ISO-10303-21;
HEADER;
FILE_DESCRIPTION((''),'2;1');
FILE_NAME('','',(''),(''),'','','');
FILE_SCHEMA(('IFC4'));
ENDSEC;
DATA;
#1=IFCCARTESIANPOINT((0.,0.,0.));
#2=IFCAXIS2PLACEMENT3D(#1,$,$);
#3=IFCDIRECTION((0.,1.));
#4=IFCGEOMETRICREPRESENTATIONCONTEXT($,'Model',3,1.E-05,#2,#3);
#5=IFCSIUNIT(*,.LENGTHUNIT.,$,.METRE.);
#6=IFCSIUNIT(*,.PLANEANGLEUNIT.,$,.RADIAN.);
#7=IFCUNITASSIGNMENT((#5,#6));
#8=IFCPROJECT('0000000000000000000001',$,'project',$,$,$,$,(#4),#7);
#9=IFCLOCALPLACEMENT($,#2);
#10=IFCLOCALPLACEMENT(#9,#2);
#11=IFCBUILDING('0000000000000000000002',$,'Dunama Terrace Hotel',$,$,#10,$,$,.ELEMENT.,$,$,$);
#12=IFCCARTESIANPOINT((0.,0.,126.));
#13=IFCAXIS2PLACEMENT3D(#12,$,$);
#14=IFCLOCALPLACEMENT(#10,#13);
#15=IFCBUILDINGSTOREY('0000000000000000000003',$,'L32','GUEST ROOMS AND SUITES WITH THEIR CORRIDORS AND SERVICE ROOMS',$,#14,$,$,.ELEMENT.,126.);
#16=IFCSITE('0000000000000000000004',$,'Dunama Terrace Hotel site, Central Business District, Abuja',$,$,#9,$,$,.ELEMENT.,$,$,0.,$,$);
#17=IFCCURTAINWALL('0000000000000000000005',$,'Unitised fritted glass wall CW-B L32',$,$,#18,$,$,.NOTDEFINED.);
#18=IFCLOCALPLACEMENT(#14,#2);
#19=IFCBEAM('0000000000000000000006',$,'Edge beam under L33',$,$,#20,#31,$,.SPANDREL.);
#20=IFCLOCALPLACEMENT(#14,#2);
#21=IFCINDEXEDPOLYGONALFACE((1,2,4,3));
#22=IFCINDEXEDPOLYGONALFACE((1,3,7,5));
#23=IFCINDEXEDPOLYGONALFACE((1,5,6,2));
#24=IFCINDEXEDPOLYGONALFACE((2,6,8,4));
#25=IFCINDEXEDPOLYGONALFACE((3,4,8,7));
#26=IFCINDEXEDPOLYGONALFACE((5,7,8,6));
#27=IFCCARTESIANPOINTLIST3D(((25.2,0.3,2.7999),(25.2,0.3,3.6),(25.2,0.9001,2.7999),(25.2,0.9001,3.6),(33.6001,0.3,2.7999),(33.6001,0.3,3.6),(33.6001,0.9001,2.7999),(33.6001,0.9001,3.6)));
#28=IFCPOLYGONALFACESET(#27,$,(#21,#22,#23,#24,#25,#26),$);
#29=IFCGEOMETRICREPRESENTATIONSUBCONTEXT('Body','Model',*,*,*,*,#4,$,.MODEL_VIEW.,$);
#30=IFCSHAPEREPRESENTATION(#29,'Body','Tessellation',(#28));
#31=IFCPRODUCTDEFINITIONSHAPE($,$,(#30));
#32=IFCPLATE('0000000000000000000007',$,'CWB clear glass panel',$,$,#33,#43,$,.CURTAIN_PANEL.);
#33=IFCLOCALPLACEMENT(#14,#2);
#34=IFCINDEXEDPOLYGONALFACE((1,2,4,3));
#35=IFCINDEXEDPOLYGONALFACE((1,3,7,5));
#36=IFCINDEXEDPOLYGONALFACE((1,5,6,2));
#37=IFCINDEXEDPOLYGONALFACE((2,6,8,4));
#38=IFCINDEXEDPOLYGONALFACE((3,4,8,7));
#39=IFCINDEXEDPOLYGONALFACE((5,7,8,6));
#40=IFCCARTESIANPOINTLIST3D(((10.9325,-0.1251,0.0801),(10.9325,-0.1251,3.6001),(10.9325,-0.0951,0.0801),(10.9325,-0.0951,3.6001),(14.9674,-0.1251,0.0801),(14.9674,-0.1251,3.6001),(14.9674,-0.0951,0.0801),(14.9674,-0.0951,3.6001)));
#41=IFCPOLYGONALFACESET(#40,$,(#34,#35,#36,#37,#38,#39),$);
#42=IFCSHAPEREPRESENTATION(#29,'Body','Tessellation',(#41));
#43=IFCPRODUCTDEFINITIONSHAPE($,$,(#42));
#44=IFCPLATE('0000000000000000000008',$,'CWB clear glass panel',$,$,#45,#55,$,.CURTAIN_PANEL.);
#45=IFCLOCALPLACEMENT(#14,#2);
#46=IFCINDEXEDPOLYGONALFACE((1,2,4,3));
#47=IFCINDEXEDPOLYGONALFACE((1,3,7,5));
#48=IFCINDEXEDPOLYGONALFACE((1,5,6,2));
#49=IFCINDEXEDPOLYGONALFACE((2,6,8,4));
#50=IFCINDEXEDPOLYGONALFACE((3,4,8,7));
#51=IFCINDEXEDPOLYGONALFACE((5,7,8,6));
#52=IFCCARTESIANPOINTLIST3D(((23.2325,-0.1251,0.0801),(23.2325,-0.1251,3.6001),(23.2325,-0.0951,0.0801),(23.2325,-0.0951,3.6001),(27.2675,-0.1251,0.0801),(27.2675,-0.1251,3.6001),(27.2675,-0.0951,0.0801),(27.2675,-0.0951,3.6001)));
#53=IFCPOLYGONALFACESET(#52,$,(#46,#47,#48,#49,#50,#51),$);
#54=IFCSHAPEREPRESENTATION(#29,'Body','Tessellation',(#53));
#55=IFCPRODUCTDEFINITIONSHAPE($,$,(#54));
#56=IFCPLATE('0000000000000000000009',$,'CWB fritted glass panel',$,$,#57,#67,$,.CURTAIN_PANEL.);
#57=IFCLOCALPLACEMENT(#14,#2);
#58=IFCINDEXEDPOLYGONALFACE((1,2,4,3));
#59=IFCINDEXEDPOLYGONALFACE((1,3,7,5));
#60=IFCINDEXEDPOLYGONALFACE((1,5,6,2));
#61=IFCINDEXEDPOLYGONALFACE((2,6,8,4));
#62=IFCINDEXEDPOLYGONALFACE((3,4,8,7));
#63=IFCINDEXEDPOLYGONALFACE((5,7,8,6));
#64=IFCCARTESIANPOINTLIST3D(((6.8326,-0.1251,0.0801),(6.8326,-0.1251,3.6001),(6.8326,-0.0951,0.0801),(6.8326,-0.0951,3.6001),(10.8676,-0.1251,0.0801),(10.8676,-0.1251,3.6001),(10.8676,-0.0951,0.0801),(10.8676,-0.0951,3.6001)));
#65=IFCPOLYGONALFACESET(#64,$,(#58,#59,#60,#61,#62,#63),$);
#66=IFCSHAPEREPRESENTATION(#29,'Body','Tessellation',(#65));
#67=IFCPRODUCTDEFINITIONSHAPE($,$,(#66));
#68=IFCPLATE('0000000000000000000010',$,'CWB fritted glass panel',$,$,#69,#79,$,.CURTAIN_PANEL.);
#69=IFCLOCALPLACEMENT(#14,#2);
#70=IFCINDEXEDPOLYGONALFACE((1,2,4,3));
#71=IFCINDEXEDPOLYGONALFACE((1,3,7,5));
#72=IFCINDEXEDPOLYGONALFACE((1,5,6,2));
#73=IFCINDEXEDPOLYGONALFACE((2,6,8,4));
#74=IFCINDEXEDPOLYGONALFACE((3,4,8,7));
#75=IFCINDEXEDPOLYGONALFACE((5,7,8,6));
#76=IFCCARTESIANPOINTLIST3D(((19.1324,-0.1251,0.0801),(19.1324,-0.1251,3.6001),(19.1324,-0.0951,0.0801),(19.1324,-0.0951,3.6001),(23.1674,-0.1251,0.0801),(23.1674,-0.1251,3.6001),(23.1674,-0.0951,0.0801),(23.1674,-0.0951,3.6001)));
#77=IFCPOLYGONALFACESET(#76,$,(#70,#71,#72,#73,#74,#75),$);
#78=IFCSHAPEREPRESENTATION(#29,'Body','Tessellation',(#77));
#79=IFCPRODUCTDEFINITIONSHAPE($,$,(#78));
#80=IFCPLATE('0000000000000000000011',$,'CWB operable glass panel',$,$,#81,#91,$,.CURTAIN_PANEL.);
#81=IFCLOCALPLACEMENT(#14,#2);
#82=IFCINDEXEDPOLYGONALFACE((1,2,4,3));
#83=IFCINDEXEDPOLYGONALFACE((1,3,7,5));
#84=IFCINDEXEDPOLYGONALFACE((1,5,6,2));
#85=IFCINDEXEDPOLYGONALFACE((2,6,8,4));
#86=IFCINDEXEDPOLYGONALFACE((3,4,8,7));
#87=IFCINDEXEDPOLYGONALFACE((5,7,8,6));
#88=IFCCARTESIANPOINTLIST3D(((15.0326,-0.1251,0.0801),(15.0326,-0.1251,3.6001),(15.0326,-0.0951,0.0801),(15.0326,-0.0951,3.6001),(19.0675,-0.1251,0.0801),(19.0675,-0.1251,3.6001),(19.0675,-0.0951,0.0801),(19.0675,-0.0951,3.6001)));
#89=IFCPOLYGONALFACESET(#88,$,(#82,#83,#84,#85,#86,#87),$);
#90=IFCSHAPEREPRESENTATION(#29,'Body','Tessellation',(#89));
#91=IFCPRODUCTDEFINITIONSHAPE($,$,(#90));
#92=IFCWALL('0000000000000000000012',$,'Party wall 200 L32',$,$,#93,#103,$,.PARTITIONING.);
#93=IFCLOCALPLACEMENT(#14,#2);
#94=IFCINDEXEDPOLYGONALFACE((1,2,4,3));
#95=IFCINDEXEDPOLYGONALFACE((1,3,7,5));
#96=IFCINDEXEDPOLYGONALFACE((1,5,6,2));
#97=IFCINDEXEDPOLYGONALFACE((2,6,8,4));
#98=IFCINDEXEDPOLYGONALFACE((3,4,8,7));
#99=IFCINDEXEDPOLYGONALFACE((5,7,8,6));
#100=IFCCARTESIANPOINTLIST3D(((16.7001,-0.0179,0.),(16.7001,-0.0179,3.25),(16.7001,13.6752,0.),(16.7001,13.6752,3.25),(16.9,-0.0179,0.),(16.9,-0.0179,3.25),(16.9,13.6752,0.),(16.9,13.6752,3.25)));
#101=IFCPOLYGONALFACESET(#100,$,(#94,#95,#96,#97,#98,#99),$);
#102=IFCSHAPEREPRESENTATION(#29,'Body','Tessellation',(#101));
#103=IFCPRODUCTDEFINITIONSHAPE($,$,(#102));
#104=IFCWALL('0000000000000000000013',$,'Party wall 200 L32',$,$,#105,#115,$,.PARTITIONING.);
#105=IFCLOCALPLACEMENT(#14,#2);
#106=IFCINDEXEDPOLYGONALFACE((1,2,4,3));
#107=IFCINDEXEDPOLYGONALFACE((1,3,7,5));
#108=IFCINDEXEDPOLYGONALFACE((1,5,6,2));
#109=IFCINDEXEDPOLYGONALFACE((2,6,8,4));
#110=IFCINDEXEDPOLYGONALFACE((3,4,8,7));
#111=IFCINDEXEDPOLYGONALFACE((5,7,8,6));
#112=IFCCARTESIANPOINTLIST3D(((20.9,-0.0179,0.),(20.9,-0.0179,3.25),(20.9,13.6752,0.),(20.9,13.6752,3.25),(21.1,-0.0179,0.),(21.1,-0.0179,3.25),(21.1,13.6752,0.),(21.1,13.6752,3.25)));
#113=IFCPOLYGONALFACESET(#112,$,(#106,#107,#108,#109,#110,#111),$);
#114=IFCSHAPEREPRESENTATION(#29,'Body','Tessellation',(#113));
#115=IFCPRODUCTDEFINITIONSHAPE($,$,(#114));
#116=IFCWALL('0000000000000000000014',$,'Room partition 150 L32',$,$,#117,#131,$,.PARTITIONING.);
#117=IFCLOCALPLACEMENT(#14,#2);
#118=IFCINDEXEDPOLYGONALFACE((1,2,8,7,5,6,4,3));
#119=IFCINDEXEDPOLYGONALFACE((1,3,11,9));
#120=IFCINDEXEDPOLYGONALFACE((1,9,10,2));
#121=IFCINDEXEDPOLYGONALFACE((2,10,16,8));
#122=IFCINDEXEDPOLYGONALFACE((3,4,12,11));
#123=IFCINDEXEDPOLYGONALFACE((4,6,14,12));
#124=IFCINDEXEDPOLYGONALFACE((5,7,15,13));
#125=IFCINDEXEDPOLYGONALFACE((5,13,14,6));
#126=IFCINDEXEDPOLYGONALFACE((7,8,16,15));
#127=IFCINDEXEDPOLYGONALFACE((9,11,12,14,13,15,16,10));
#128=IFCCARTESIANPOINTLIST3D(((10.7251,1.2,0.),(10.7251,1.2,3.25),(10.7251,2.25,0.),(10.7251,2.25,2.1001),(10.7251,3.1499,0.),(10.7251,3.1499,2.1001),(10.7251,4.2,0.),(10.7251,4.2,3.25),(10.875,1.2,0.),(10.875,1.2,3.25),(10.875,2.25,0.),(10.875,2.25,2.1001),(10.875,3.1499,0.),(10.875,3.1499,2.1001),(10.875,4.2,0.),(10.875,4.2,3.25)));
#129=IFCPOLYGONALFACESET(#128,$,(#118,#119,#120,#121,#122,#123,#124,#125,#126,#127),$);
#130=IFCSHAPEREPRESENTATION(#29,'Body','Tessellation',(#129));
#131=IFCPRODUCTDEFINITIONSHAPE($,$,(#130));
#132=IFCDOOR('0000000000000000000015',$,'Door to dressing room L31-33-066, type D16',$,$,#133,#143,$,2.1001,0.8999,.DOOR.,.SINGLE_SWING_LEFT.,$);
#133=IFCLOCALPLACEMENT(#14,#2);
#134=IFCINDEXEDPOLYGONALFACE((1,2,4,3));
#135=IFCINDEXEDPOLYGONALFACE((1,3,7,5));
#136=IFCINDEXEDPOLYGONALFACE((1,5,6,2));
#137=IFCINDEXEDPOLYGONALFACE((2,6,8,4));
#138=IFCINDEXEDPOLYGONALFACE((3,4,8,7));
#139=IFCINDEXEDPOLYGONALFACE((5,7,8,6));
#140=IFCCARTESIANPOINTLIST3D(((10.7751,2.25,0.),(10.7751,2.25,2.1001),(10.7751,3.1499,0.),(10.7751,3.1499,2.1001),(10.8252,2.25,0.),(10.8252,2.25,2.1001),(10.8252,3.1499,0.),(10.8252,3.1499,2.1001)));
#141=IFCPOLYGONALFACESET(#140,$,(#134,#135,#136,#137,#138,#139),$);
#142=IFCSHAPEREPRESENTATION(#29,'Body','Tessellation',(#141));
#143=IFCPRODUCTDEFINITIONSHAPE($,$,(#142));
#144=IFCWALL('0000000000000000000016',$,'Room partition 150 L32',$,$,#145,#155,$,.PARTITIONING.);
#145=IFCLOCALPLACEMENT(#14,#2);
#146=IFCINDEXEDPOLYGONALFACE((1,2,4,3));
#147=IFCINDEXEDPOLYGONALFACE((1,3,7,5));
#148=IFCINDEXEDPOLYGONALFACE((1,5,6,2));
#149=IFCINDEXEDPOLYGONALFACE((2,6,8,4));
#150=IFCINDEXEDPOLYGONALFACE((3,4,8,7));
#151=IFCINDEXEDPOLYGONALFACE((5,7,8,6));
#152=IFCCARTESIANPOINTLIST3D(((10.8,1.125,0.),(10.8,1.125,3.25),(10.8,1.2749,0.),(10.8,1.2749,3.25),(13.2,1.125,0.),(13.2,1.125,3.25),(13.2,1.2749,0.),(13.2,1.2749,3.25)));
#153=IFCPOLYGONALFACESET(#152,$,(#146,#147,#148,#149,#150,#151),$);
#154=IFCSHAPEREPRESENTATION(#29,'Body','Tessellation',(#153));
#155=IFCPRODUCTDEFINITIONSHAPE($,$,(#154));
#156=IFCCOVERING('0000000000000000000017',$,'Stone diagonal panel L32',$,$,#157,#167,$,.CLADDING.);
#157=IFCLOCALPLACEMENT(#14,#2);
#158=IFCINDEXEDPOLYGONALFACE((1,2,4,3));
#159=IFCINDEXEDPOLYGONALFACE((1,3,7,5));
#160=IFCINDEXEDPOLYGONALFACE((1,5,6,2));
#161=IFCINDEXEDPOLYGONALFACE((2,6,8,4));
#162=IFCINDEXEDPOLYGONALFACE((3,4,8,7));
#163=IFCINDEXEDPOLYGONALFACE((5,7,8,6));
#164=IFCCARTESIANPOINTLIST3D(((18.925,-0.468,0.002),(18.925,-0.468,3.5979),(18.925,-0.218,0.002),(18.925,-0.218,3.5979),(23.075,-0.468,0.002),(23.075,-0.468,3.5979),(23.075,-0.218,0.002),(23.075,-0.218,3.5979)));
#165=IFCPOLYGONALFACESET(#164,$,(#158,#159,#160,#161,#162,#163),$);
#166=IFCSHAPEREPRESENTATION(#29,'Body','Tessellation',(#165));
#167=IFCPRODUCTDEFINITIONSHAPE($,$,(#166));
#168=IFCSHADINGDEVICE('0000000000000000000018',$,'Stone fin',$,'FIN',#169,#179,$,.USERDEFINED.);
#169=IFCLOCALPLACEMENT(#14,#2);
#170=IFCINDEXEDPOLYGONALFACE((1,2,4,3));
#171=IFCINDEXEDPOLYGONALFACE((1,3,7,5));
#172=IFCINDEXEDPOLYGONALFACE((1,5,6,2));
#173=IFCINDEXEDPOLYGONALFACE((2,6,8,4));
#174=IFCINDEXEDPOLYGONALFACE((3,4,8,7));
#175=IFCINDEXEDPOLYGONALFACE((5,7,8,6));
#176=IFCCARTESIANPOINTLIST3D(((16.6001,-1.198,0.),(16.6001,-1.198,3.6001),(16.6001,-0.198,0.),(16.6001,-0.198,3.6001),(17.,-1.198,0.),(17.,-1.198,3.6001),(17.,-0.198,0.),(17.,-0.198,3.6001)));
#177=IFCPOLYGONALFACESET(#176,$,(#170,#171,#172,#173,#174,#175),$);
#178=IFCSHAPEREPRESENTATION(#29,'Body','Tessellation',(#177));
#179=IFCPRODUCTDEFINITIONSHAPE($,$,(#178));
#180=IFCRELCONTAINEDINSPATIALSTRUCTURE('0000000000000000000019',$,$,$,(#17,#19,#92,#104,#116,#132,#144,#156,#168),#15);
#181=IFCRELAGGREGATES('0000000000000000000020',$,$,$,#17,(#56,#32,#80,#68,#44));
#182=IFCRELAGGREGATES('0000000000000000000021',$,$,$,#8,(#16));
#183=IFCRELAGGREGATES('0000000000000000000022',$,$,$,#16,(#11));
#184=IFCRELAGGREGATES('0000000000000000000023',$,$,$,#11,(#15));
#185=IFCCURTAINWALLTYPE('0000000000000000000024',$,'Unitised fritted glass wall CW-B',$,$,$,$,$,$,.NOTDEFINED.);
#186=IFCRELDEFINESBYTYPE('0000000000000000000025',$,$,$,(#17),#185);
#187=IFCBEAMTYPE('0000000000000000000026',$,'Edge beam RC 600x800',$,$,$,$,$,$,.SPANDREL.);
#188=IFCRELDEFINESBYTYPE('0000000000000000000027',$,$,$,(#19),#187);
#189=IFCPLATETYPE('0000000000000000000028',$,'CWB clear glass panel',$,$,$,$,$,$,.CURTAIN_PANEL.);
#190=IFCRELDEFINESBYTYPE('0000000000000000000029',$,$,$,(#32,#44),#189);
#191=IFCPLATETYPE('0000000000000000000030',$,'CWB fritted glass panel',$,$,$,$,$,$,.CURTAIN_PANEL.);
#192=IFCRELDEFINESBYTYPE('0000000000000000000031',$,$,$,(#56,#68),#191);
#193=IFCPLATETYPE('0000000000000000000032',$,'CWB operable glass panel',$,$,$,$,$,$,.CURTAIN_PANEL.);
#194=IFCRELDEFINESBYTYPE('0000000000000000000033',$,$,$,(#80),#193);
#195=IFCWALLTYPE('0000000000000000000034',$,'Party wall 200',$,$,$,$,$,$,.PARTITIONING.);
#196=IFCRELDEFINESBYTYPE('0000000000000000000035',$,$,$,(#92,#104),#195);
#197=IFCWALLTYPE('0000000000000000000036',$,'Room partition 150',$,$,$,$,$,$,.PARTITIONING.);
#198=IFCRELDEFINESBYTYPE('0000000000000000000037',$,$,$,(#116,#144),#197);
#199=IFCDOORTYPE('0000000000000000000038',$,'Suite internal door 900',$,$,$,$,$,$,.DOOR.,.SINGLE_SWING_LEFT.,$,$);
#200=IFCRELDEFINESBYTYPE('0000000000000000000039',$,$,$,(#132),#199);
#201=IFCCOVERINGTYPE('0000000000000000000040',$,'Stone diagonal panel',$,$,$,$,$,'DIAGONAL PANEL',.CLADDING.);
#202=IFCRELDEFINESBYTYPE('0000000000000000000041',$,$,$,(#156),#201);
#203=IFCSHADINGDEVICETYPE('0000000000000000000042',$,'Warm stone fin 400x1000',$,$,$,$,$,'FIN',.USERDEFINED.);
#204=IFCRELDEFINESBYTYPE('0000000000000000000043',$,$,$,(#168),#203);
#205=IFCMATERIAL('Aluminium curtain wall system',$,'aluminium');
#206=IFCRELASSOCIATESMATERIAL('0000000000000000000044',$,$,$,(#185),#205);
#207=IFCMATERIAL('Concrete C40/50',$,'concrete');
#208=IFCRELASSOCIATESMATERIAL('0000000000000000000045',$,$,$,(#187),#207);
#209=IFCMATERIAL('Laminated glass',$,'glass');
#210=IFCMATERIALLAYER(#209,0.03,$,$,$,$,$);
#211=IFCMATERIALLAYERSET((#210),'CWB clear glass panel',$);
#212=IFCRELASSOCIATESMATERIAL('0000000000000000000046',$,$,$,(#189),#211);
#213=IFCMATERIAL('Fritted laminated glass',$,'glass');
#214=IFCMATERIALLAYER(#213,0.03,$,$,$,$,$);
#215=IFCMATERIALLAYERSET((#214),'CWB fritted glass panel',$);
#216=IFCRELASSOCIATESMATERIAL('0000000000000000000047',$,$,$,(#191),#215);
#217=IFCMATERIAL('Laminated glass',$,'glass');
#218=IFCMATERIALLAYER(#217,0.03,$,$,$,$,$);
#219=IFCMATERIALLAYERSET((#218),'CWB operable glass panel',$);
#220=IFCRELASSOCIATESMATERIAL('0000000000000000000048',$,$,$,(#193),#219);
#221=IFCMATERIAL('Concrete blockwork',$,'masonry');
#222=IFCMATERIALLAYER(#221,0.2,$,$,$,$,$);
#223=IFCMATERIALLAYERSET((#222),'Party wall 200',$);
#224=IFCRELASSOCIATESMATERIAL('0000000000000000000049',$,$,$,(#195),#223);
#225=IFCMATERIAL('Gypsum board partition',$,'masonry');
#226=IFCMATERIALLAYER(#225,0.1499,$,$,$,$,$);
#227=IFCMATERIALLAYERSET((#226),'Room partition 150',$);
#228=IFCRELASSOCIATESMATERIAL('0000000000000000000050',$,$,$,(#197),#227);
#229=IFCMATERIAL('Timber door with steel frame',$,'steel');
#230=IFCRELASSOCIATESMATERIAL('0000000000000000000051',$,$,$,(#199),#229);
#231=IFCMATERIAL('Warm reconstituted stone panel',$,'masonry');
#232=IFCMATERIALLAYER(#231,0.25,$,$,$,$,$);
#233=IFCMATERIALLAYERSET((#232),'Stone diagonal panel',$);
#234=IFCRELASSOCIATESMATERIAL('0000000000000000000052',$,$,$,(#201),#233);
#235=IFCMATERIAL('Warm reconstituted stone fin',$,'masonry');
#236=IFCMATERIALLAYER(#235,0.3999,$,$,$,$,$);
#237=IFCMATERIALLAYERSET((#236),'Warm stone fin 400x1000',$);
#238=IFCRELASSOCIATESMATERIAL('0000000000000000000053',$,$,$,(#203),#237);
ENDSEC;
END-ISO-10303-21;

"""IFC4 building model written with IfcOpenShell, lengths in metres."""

from ifc_helpers import new_model, si_unit, direction, frame, frame_2d, origin, origin_2d, place, context, subcontext, project, spatial, rectangle, extrude, material, layer, layer_set, material_profile, profile_set, type_object, element, fill, aggregate, save


model = new_model("IFC4")

# Units and contexts
model_context = context("Model", 3, precision=1e-05, world=origin(), true_north=direction((0.0, 1.0)))
body_context = subcontext(model_context, "Body", "Model", "MODEL_VIEW")
ifc_project = project(units=[si_unit("LENGTHUNIT", "METRE"), si_unit("PLANEANGLEUNIT", "RADIAN")], contexts=[model_context])

# Site, building, storey
site_placement = place(None, origin())
site = spatial("IfcSite", under=ifc_project, at=site_placement, Name="Dunama Terrace Hotel site, Central Business District, Abuja", CompositionType="ELEMENT", RefElevation=0.0)
building_placement = place(site_placement, origin())
building = spatial("IfcBuilding", under=site, at=building_placement, Name="Dunama Terrace Hotel", CompositionType="ELEMENT")
storey_placement = place(building_placement, frame((0.0, 0.0, 126.0)))
storey = spatial("IfcBuildingStorey", under=building, at=storey_placement, Name="L32", Description="GUEST ROOMS AND SUITES WITH THEIR CORRIDORS AND SERVICE ROOMS", CompositionType="ELEMENT", Elevation=126.0)

# Curtain wall
ifc_material_1 = material(Name="Aluminium curtain wall system", Category="aluminium")
curtain_wall_type = type_object("IfcCurtainWallType", Name="Unitised fritted glass wall CW-B", PredefinedType="NOTDEFINED", material=ifc_material_1)
curtain_wall_placement = place(storey_placement, origin())
curtain_wall = element("IfcCurtainWall", 1, at=curtain_wall_placement, inside=storey, type_object=curtain_wall_type, Name="Unitised fritted glass wall CW-B L32", PredefinedType="NOTDEFINED")

# Beam
ifc_material_2 = material(Name="Concrete C40/50", Category="concrete")
ifc_material_profile_1 = material_profile(ifc_material_2, rectangle(XDim=0.6001, YDim=0.8, at=origin_2d()), Name="RC 600x800")
ifc_profile_set_1 = profile_set([ifc_material_profile_1], Name="Concrete C40/50")
beam_type_1 = type_object("IfcBeamType", Name="Edge beam RC 600x800", PredefinedType="SPANDREL", material=ifc_profile_set_1)
beam_1_placement = place(storey_placement, frame((25.2, 0.6001, 3.2), z_axis=(1.0, 0.0, 0.0), x_axis=(0.0, 1.0, 0.0)))
element("IfcBeam", 2, at=beam_1_placement, inside=storey, type_object=beam_type_1, Name="Edge beam under L33", PredefinedType="SPANDREL", context=body_context, shape_type="SweptSolid", body=[
    extrude(rectangle(XDim=0.6001, YDim=0.8, at=origin_2d()), origin(), (0.0, 0.0, 1.0), 8.4001),
])

# Plates
ifc_material_3 = material(Name="Laminated glass", Category="glass")
ifc_layer_1 = layer(ifc_material_3, 0.03)
ifc_layer_set_1 = layer_set([ifc_layer_1], Name="CWB clear glass panel")
plate_type_1 = type_object("IfcPlateType", Name="CWB clear glass panel", PredefinedType="CURTAIN_PANEL", material=ifc_layer_set_1)
plate_1_placement = place(storey_placement, frame((12.95, -0.1101, 0.0801), z_axis=(0.0, 0.0, 1.0), x_axis=(1.0, 0.0, 0.0)))
plate_1 = element("IfcPlate", 3, at=plate_1_placement, type_object=plate_type_1, Name="CWB clear glass panel", PredefinedType="CURTAIN_PANEL", context=body_context, shape_type="SweptSolid", body=[
    extrude(rectangle(XDim=4.0349, YDim=0.03, at=origin_2d()), origin(), (0.0, 0.0, 1.0), 3.52),
])
plate_2_placement = place(storey_placement, frame((25.25, -0.1101, 0.0801), z_axis=(0.0, 0.0, 1.0), x_axis=(1.0, 0.0, 0.0)))
plate_2 = element("IfcPlate", 4, at=plate_2_placement, type_object=plate_type_1, Name="CWB clear glass panel", PredefinedType="CURTAIN_PANEL", context=body_context, shape_type="SweptSolid", body=[
    extrude(rectangle(XDim=4.0349, YDim=0.03, at=origin_2d()), origin(), (0.0, 0.0, 1.0), 3.52),
])
ifc_material_4 = material(Name="Fritted laminated glass", Category="glass")
ifc_layer_2 = layer(ifc_material_4, 0.03)
ifc_layer_set_2 = layer_set([ifc_layer_2], Name="CWB fritted glass panel")
plate_type_2 = type_object("IfcPlateType", Name="CWB fritted glass panel", PredefinedType="CURTAIN_PANEL", material=ifc_layer_set_2)
plate_3_placement = place(storey_placement, frame((8.8501, -0.1101, 0.0801), z_axis=(0.0, 0.0, 1.0), x_axis=(1.0, 0.0, 0.0)))
plate_3 = element("IfcPlate", 5, at=plate_3_placement, type_object=plate_type_2, Name="CWB fritted glass panel", PredefinedType="CURTAIN_PANEL", context=body_context, shape_type="SweptSolid", body=[
    extrude(rectangle(XDim=4.0349, YDim=0.03, at=origin_2d()), origin(), (0.0, 0.0, 1.0), 3.52),
])
plate_4_placement = place(storey_placement, frame((21.1499, -0.1101, 0.0801), z_axis=(0.0, 0.0, 1.0), x_axis=(1.0, 0.0, 0.0)))
plate_4 = element("IfcPlate", 6, at=plate_4_placement, type_object=plate_type_2, Name="CWB fritted glass panel", PredefinedType="CURTAIN_PANEL", context=body_context, shape_type="SweptSolid", body=[
    extrude(rectangle(XDim=4.0349, YDim=0.03, at=origin_2d()), origin(), (0.0, 0.0, 1.0), 3.52),
])
ifc_material_5 = material(Name="Laminated glass", Category="glass")
ifc_layer_3 = layer(ifc_material_5, 0.03)
ifc_layer_set_3 = layer_set([ifc_layer_3], Name="CWB operable glass panel")
plate_type_3 = type_object("IfcPlateType", Name="CWB operable glass panel", PredefinedType="CURTAIN_PANEL", material=ifc_layer_set_3)
plate_5_placement = place(storey_placement, frame((17.05, -0.1101, 0.0801), z_axis=(0.0, 0.0, 1.0), x_axis=(1.0, 0.0, 0.0)))
plate_5 = element("IfcPlate", 7, at=plate_5_placement, type_object=plate_type_3, Name="CWB operable glass panel", PredefinedType="CURTAIN_PANEL", context=body_context, shape_type="SweptSolid", body=[
    extrude(rectangle(XDim=4.0349, YDim=0.03, at=origin_2d()), origin(), (0.0, 0.0, 1.0), 3.52),
])
aggregate(curtain_wall, [plate_3, plate_1, plate_5, plate_4, plate_2])

# Walls
ifc_material_6 = material(Name="Concrete blockwork", Category="masonry")
ifc_layer_4 = layer(ifc_material_6, 0.2)
ifc_layer_set_4 = layer_set([ifc_layer_4], Name="Party wall 200")
wall_type_1 = type_object("IfcWallType", Name="Party wall 200", PredefinedType="PARTITIONING", material=ifc_layer_set_4)
for number, where, z_axis, x_axis, name in (
    (8, (16.8, -0.0181, 0.0), (0.0, 0.0, 1.0), (0.0, 1.0, 0.0), "Party wall 200 L32"),
    (9, (21.0, -0.0181, 0.0), (0.0, 0.0, 1.0), (0.0, 1.0, 0.0), "Party wall 200 L32"),
):
    element("IfcWall", number, at=place(storey_placement, frame(where, z_axis=z_axis, x_axis=x_axis)), inside=storey, type_object=wall_type_1, Name=name, PredefinedType="PARTITIONING", context=body_context, shape_type="SweptSolid", body=[
        extrude(rectangle(XDim=13.6931, YDim=0.2, at=frame_2d((6.8467, 0.0))), origin(), (0.0, 0.0, 1.0), 3.25),
    ])

# Wall, opening, door
ifc_material_7 = material(Name="Gypsum board partition", Category="masonry")
ifc_layer_5 = layer(ifc_material_7, 0.1499)
ifc_layer_set_5 = layer_set([ifc_layer_5], Name="Room partition 150")
wall_type_2 = type_object("IfcWallType", Name="Room partition 150", PredefinedType="PARTITIONING", material=ifc_layer_set_5)
wall_1_placement = place(storey_placement, frame((10.8, 1.2, 0.0), z_axis=(0.0, 0.0, 1.0), x_axis=(0.0, 1.0, 0.0)))
wall_1 = element("IfcWall", 10, at=wall_1_placement, inside=storey, type_object=wall_type_2, Name="Room partition 150 L32", PredefinedType="PARTITIONING", context=body_context, shape_type="SweptSolid", body=[
    extrude(rectangle(XDim=3.0, YDim=0.1499, at=frame_2d((1.5, 0.0))), origin(), (0.0, 0.0, 1.0), 3.25),
])
opening_placement = place(wall_1_placement, frame((1.05, 0.0, 0.0)))
opening = element("IfcOpeningElement", 11, at=opening_placement, cuts=wall_1, PredefinedType="OPENING", context=body_context, shape_type="SweptSolid", body=[
    extrude(rectangle(XDim=0.8999, YDim=2.1001, at=frame_2d((0.45, 1.05))), frame((0.0, 0.085, 0.0), z_axis=(0.0, -1.0, 0.0), x_axis=(1.0, 0.0, 0.0)), (0.0, 0.0, 1.0), 0.1699),
])
ifc_material_8 = material(Name="Timber door with steel frame", Category="steel")
door_type = type_object("IfcDoorType", Name="Suite internal door 900", OperationType="SINGLE_SWING_LEFT", PredefinedType="DOOR", material=ifc_material_8)
door_placement = place(opening_placement, frame((0.8999, 0.0, 0.0), z_axis=(0.0, 0.0, 1.0), x_axis=(-1.0, 0.0, 0.0)))
door = element("IfcDoor", 12, at=door_placement, inside=storey, type_object=door_type, Name="Door to dressing room L31-33-066, type D16", OperationType="SINGLE_SWING_LEFT", OverallHeight=2.1001, OverallWidth=0.8999, PredefinedType="DOOR", context=body_context, shape_type="SweptSolid", body=[
    extrude(rectangle(XDim=0.8999, YDim=2.1001, at=frame_2d((0.45, 1.05))), frame((0.0, 0.0251, 0.0), z_axis=(0.0, -1.0, 0.0), x_axis=(1.0, 0.0, 0.0)), (0.0, 0.0, 1.0), 0.05),
])
fill(opening, door)

# Wall
wall_2_placement = place(storey_placement, frame((10.8, 1.2, 0.0), z_axis=(0.0, 0.0, 1.0), x_axis=(1.0, 0.0, 0.0)))
element("IfcWall", 13, at=wall_2_placement, inside=storey, type_object=wall_type_2, Name="Room partition 150 L32", PredefinedType="PARTITIONING", context=body_context, shape_type="SweptSolid", body=[
    extrude(rectangle(XDim=2.3999, YDim=0.1499, at=frame_2d((1.2, 0.0))), origin(), (0.0, 0.0, 1.0), 3.25),
])

# Covering
ifc_material_9 = material(Name="Warm reconstituted stone panel", Category="masonry")
ifc_layer_6 = layer(ifc_material_9, 0.25)
ifc_layer_set_6 = layer_set([ifc_layer_6], Name="Stone diagonal panel")
covering_type = type_object("IfcCoveringType", Name="Stone diagonal panel", ElementType="DIAGONAL PANEL", PredefinedType="CLADDING", material=ifc_layer_set_6)
covering_placement = place(storey_placement, frame((21.0, -0.343, 0.002), z_axis=(0.0, 0.0, 1.0), x_axis=(1.0, 0.0, 0.0)))
element("IfcCovering", 14, at=covering_placement, inside=storey, type_object=covering_type, Name="Stone diagonal panel L32", PredefinedType="CLADDING", context=body_context, shape_type="SweptSolid", body=[
    extrude(rectangle(XDim=4.1499, YDim=0.25, at=origin_2d()), origin(), (0.0, 0.0, 1.0), 3.5959),
])

# Shading device
ifc_material_10 = material(Name="Warm reconstituted stone fin", Category="masonry")
ifc_layer_7 = layer(ifc_material_10, 0.3999)
ifc_layer_set_7 = layer_set([ifc_layer_7], Name="Warm stone fin 400x1000")
shading_device_type = type_object("IfcShadingDeviceType", Name="Warm stone fin 400x1000", ElementType="FIN", PredefinedType="USERDEFINED", material=ifc_layer_set_7)
shading_device_placement = place(storey_placement, frame((16.8, -0.698, 0.0), z_axis=(0.0, 0.0, 1.0), x_axis=(1.0, 0.0, 0.0)))
element("IfcShadingDevice", 15, at=shading_device_placement, inside=storey, type_object=shading_device_type, Name="Stone fin", ObjectType="FIN", PredefinedType="USERDEFINED", context=body_context, shape_type="SweptSolid", body=[
    extrude(rectangle(XDim=0.3999, YDim=1.0, at=origin_2d()), origin(), (0.0, 0.0, 1.0), 3.6001),
])

save(model, "model.ifc")
